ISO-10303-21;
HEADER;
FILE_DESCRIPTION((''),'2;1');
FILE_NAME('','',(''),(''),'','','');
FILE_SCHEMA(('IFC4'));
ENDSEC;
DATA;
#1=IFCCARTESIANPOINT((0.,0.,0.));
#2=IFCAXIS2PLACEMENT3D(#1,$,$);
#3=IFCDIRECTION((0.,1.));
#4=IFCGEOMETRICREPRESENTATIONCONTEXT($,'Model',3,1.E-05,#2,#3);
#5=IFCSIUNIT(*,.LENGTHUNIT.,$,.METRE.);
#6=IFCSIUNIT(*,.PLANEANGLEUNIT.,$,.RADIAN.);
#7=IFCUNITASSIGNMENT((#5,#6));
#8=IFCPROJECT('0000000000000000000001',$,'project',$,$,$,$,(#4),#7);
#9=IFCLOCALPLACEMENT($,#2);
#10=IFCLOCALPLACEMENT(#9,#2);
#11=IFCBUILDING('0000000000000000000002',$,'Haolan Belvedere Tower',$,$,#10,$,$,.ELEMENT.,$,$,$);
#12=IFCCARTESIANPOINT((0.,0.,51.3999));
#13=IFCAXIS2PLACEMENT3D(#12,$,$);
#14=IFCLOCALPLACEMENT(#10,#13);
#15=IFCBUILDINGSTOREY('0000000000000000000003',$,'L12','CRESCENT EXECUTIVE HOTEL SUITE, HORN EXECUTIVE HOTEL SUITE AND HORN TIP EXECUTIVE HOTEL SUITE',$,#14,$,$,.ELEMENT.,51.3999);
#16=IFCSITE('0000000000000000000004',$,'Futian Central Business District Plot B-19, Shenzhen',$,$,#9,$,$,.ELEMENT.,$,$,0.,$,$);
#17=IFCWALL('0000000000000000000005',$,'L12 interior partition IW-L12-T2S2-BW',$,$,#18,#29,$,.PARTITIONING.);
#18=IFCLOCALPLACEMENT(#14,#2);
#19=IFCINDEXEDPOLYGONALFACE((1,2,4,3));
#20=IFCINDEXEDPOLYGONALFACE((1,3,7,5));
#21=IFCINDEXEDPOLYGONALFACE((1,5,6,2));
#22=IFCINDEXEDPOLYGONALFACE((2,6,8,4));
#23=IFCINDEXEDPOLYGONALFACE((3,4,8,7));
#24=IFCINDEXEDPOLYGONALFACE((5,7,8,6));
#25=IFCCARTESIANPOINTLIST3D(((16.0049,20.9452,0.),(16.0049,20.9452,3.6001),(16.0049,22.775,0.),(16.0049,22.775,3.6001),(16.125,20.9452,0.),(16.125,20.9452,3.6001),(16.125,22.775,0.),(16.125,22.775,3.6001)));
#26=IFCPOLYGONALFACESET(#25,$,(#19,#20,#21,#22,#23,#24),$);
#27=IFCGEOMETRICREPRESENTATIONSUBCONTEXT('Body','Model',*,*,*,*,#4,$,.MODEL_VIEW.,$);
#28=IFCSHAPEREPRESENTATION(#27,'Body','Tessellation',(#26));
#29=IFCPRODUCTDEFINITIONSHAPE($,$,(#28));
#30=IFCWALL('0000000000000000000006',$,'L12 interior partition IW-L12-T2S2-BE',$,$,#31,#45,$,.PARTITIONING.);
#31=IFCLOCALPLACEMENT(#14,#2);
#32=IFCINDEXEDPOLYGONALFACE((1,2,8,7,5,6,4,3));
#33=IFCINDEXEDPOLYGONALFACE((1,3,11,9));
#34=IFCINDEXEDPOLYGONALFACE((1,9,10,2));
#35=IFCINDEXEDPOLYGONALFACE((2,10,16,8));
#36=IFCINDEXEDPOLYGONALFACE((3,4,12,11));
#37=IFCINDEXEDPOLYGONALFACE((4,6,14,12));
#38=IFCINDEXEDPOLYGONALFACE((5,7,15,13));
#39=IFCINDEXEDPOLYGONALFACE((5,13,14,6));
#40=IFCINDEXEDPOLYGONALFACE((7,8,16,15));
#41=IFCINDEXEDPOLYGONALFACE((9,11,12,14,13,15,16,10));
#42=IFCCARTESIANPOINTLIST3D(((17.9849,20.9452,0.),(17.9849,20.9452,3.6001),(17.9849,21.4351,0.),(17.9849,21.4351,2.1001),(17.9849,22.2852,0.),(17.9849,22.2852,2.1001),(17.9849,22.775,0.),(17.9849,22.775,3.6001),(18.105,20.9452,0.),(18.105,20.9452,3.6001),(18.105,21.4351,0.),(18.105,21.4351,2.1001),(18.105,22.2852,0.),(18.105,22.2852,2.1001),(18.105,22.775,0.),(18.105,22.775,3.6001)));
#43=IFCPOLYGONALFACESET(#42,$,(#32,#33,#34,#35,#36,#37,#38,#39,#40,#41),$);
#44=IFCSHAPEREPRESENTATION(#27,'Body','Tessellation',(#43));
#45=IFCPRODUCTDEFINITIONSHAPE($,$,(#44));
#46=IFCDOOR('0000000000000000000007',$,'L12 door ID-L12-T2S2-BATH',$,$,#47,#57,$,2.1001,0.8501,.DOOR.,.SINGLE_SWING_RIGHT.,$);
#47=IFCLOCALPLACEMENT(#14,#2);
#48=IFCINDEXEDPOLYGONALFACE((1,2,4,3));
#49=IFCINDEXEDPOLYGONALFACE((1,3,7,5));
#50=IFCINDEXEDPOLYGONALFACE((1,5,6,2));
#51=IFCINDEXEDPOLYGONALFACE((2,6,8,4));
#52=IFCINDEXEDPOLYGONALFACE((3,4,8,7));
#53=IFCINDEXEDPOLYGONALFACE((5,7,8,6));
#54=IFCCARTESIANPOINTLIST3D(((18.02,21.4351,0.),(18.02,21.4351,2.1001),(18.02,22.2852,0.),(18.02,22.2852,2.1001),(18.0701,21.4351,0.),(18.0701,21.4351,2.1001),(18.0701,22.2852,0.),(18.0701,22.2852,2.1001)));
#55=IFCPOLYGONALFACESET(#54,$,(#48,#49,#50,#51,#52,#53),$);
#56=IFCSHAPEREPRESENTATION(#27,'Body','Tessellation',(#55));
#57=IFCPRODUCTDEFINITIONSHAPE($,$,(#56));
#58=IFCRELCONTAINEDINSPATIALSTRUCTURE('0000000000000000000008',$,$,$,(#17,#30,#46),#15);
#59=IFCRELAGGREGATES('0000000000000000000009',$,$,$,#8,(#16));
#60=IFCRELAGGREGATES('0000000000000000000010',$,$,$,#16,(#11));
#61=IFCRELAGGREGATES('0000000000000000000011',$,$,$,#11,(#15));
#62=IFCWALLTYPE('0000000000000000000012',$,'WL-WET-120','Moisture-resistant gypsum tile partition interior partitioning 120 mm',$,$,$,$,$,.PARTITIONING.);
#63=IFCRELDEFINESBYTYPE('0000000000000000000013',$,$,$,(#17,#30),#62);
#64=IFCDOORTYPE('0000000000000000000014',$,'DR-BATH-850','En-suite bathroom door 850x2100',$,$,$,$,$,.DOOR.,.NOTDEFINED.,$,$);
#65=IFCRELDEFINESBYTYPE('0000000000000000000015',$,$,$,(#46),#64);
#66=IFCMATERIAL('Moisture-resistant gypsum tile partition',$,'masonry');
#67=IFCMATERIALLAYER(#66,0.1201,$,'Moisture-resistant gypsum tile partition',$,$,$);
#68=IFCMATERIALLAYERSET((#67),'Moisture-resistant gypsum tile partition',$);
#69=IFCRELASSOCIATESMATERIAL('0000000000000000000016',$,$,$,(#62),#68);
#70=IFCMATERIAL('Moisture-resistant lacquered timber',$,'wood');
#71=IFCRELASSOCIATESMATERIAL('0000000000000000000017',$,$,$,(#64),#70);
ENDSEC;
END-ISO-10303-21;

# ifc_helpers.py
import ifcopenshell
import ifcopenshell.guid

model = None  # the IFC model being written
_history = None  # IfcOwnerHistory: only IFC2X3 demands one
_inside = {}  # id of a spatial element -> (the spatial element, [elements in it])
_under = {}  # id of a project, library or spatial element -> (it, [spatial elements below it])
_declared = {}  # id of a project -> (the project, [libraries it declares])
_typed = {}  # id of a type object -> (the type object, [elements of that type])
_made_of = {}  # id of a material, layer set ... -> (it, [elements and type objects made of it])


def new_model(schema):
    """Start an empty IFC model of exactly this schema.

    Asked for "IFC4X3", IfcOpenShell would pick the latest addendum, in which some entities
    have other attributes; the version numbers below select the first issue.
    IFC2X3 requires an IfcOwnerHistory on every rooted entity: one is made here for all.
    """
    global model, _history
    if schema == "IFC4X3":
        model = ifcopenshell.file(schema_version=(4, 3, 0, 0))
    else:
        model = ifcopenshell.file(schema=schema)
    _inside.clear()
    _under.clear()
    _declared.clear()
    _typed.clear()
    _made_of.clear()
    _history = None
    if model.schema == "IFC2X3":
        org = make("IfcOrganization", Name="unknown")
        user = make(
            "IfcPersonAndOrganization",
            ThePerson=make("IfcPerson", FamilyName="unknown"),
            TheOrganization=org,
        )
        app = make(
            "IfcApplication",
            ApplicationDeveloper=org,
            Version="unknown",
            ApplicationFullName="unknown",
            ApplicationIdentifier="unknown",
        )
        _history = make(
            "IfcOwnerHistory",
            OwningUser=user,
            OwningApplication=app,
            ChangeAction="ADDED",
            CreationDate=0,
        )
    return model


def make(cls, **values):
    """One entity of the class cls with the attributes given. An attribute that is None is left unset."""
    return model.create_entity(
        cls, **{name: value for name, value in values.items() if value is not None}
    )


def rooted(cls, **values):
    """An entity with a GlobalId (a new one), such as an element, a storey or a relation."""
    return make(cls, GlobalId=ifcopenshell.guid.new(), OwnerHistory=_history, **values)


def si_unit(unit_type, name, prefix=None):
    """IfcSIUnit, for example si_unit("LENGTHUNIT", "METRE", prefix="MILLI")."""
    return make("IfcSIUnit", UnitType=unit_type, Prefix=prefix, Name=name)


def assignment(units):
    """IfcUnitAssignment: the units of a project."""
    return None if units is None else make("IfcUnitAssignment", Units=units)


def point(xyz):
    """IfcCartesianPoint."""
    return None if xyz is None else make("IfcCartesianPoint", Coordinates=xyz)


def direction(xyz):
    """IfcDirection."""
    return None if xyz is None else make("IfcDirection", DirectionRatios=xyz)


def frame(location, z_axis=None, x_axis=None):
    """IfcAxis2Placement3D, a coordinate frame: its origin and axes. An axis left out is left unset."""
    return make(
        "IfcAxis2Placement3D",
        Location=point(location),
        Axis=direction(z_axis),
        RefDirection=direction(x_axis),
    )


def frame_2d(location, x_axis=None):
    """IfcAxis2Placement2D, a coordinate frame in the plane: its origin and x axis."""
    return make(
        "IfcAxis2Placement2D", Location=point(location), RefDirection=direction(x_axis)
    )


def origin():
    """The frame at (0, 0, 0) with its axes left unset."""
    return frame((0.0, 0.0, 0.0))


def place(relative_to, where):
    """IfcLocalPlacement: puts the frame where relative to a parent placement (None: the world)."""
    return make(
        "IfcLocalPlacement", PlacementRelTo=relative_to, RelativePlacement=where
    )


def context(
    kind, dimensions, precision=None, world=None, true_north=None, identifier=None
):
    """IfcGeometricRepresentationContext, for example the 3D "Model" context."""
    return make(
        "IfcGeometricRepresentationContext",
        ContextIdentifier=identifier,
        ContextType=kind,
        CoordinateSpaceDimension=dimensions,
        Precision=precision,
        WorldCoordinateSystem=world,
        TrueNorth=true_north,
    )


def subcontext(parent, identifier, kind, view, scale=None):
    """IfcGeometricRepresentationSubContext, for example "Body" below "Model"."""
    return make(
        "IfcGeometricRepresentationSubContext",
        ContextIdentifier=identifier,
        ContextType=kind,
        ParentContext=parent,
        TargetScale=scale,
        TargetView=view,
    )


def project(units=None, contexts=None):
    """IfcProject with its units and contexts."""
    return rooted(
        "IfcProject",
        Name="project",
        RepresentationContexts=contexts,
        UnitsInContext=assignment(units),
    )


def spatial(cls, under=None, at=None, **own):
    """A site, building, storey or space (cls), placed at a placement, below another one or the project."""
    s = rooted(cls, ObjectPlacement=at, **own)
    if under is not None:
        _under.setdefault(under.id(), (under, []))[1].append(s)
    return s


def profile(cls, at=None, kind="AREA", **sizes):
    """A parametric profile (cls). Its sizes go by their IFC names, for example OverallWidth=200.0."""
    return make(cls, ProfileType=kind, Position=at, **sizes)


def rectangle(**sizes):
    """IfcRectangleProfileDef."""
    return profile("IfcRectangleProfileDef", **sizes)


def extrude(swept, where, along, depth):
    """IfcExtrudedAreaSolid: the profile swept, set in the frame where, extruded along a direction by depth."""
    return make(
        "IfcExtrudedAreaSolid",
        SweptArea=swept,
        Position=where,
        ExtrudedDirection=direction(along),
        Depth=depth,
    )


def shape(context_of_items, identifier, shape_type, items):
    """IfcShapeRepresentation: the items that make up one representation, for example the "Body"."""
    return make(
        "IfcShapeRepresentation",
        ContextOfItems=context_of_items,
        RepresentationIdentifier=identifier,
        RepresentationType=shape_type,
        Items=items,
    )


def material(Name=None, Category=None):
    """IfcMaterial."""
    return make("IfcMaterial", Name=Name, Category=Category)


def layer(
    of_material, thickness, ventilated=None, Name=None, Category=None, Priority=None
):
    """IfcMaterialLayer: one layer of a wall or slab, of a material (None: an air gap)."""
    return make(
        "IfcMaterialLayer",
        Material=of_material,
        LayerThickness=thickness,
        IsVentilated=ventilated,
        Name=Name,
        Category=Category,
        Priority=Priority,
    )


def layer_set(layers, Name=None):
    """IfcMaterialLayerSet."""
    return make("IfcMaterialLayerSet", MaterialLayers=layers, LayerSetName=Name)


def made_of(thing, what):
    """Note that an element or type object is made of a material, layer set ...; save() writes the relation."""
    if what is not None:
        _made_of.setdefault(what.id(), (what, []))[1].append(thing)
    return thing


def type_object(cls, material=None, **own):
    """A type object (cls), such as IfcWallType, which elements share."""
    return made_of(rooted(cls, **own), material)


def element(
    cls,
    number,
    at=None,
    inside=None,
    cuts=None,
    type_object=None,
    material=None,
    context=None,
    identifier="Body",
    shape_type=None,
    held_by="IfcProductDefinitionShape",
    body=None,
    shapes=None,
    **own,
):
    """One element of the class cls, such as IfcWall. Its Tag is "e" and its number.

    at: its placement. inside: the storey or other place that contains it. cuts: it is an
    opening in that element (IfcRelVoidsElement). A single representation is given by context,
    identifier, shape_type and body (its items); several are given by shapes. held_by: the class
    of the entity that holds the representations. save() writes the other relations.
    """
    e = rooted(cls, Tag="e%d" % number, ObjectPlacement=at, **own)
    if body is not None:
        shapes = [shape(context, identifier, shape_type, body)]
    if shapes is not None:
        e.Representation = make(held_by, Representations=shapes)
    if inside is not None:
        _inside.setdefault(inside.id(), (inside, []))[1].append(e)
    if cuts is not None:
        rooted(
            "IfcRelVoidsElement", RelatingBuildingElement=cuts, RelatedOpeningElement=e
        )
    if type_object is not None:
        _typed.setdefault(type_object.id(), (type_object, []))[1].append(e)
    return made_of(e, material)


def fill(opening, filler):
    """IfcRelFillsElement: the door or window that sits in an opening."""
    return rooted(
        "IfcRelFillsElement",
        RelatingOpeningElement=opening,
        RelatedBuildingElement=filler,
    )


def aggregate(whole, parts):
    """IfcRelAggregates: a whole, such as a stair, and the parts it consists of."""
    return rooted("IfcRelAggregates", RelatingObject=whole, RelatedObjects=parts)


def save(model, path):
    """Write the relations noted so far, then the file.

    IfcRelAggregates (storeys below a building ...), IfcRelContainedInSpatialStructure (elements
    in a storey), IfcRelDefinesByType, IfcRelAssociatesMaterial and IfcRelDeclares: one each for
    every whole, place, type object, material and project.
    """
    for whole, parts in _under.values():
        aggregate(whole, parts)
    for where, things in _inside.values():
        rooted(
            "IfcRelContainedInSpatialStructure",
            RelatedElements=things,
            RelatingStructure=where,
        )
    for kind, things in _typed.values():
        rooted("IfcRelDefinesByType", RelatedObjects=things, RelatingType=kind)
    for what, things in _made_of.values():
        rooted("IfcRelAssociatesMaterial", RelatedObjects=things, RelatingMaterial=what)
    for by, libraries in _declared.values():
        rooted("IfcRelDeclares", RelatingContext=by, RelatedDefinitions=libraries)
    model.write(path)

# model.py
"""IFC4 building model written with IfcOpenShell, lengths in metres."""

from ifc_helpers import new_model, si_unit, direction, frame, frame_2d, origin, place, context, subcontext, project, spatial, rectangle, extrude, material, layer, layer_set, type_object, element, fill, save


model = new_model("IFC4")

# Units and contexts
model_context = context("Model", 3, precision=1e-05, world=origin(), true_north=direction((0.0, 1.0)))
body_context = subcontext(model_context, "Body", "Model", "MODEL_VIEW")
ifc_project = project(units=[si_unit("LENGTHUNIT", "METRE"), si_unit("PLANEANGLEUNIT", "RADIAN")], contexts=[model_context])

# Site, building, storey
site_placement = place(None, origin())
site = spatial("IfcSite", under=ifc_project, at=site_placement, Name="Futian Central Business District Plot B-19, Shenzhen", CompositionType="ELEMENT", RefElevation=0.0)
building_placement = place(site_placement, origin())
building = spatial("IfcBuilding", under=site, at=building_placement, Name="Haolan Belvedere Tower", CompositionType="ELEMENT")
storey_placement = place(building_placement, frame((0.0, 0.0, 51.3999)))
storey = spatial("IfcBuildingStorey", under=building, at=storey_placement, Name="L12", Description="CRESCENT EXECUTIVE HOTEL SUITE, HORN EXECUTIVE HOTEL SUITE AND HORN TIP EXECUTIVE HOTEL SUITE", CompositionType="ELEMENT", Elevation=51.3999)

# Wall
ifc_material_1 = material(Name="Moisture-resistant gypsum tile partition", Category="masonry")
ifc_layer_1 = layer(ifc_material_1, 0.1201, Name="Moisture-resistant gypsum tile partition")
ifc_layer_set_1 = layer_set([ifc_layer_1], Name="Moisture-resistant gypsum tile partition")
wall_type_1 = type_object("IfcWallType", Name="WL-WET-120", Description="Moisture-resistant gypsum tile partition interior partitioning 120 mm", PredefinedType="PARTITIONING", material=ifc_layer_set_1)
wall_1_placement = place(storey_placement, frame((16.0649, 20.9451, 0.0), z_axis=(0.0, 0.0, 1.0), x_axis=(0.0, 1.0, 0.0)))
element("IfcWall", 1, at=wall_1_placement, inside=storey, type_object=wall_type_1, Name="L12 interior partition IW-L12-T2S2-BW", PredefinedType="PARTITIONING", context=body_context, shape_type="SweptSolid", body=[
    extrude(rectangle(XDim=1.8298, YDim=0.1201, at=frame_2d((0.915, 0.0))), origin(), (0.0, 0.0, 1.0), 3.6001),
])

# Wall, opening, door
wall_2_placement = place(storey_placement, frame((18.0449, 20.9451, 0.0), z_axis=(0.0, 0.0, 1.0), x_axis=(0.0, 1.0, 0.0)))
wall_2 = element("IfcWall", 2, at=wall_2_placement, inside=storey, type_object=wall_type_1, Name="L12 interior partition IW-L12-T2S2-BE", PredefinedType="PARTITIONING", context=body_context, shape_type="SweptSolid", body=[
    extrude(rectangle(XDim=1.8298, YDim=0.1201, at=frame_2d((0.915, 0.0))), origin(), (0.0, 0.0, 1.0), 3.6001),
])
opening_1_placement = place(wall_2_placement, frame((0.49, 0.0, 0.0)))
opening_1 = element("IfcOpeningElement", 3, at=opening_1_placement, cuts=wall_2, PredefinedType="OPENING", context=body_context, shape_type="SweptSolid", body=[
    extrude(rectangle(XDim=0.8501, YDim=2.1001, at=frame_2d((0.425, 1.05))), frame((0.0, 0.0701, 0.0), z_axis=(0.0, -1.0, 0.0), x_axis=(1.0, 0.0, 0.0)), (0.0, 0.0, 1.0), 0.1401),
])
ifc_material_2 = material(Name="Moisture-resistant lacquered timber", Category="wood")
door_type_1 = type_object("IfcDoorType", Name="DR-BATH-850", Description="En-suite bathroom door 850x2100", OperationType="NOTDEFINED", PredefinedType="DOOR", material=ifc_material_2)
door_1_placement = place(opening_1_placement, origin())
door_1 = element("IfcDoor", 4, at=door_1_placement, inside=storey, type_object=door_type_1, Name="L12 door ID-L12-T2S2-BATH", OperationType="SINGLE_SWING_RIGHT", OverallHeight=2.1001, OverallWidth=0.8501, PredefinedType="DOOR", context=body_context, shape_type="SweptSolid", body=[
    extrude(rectangle(XDim=0.8501, YDim=2.1001, at=frame_2d((0.425, 1.05))), frame((0.0, 0.0249, 0.0), z_axis=(0.0, -1.0, 0.0), x_axis=(1.0, 0.0, 0.0)), (0.0, 0.0, 1.0), 0.05),
])
fill(opening_1, door_1)

save(model, "model.ifc")
